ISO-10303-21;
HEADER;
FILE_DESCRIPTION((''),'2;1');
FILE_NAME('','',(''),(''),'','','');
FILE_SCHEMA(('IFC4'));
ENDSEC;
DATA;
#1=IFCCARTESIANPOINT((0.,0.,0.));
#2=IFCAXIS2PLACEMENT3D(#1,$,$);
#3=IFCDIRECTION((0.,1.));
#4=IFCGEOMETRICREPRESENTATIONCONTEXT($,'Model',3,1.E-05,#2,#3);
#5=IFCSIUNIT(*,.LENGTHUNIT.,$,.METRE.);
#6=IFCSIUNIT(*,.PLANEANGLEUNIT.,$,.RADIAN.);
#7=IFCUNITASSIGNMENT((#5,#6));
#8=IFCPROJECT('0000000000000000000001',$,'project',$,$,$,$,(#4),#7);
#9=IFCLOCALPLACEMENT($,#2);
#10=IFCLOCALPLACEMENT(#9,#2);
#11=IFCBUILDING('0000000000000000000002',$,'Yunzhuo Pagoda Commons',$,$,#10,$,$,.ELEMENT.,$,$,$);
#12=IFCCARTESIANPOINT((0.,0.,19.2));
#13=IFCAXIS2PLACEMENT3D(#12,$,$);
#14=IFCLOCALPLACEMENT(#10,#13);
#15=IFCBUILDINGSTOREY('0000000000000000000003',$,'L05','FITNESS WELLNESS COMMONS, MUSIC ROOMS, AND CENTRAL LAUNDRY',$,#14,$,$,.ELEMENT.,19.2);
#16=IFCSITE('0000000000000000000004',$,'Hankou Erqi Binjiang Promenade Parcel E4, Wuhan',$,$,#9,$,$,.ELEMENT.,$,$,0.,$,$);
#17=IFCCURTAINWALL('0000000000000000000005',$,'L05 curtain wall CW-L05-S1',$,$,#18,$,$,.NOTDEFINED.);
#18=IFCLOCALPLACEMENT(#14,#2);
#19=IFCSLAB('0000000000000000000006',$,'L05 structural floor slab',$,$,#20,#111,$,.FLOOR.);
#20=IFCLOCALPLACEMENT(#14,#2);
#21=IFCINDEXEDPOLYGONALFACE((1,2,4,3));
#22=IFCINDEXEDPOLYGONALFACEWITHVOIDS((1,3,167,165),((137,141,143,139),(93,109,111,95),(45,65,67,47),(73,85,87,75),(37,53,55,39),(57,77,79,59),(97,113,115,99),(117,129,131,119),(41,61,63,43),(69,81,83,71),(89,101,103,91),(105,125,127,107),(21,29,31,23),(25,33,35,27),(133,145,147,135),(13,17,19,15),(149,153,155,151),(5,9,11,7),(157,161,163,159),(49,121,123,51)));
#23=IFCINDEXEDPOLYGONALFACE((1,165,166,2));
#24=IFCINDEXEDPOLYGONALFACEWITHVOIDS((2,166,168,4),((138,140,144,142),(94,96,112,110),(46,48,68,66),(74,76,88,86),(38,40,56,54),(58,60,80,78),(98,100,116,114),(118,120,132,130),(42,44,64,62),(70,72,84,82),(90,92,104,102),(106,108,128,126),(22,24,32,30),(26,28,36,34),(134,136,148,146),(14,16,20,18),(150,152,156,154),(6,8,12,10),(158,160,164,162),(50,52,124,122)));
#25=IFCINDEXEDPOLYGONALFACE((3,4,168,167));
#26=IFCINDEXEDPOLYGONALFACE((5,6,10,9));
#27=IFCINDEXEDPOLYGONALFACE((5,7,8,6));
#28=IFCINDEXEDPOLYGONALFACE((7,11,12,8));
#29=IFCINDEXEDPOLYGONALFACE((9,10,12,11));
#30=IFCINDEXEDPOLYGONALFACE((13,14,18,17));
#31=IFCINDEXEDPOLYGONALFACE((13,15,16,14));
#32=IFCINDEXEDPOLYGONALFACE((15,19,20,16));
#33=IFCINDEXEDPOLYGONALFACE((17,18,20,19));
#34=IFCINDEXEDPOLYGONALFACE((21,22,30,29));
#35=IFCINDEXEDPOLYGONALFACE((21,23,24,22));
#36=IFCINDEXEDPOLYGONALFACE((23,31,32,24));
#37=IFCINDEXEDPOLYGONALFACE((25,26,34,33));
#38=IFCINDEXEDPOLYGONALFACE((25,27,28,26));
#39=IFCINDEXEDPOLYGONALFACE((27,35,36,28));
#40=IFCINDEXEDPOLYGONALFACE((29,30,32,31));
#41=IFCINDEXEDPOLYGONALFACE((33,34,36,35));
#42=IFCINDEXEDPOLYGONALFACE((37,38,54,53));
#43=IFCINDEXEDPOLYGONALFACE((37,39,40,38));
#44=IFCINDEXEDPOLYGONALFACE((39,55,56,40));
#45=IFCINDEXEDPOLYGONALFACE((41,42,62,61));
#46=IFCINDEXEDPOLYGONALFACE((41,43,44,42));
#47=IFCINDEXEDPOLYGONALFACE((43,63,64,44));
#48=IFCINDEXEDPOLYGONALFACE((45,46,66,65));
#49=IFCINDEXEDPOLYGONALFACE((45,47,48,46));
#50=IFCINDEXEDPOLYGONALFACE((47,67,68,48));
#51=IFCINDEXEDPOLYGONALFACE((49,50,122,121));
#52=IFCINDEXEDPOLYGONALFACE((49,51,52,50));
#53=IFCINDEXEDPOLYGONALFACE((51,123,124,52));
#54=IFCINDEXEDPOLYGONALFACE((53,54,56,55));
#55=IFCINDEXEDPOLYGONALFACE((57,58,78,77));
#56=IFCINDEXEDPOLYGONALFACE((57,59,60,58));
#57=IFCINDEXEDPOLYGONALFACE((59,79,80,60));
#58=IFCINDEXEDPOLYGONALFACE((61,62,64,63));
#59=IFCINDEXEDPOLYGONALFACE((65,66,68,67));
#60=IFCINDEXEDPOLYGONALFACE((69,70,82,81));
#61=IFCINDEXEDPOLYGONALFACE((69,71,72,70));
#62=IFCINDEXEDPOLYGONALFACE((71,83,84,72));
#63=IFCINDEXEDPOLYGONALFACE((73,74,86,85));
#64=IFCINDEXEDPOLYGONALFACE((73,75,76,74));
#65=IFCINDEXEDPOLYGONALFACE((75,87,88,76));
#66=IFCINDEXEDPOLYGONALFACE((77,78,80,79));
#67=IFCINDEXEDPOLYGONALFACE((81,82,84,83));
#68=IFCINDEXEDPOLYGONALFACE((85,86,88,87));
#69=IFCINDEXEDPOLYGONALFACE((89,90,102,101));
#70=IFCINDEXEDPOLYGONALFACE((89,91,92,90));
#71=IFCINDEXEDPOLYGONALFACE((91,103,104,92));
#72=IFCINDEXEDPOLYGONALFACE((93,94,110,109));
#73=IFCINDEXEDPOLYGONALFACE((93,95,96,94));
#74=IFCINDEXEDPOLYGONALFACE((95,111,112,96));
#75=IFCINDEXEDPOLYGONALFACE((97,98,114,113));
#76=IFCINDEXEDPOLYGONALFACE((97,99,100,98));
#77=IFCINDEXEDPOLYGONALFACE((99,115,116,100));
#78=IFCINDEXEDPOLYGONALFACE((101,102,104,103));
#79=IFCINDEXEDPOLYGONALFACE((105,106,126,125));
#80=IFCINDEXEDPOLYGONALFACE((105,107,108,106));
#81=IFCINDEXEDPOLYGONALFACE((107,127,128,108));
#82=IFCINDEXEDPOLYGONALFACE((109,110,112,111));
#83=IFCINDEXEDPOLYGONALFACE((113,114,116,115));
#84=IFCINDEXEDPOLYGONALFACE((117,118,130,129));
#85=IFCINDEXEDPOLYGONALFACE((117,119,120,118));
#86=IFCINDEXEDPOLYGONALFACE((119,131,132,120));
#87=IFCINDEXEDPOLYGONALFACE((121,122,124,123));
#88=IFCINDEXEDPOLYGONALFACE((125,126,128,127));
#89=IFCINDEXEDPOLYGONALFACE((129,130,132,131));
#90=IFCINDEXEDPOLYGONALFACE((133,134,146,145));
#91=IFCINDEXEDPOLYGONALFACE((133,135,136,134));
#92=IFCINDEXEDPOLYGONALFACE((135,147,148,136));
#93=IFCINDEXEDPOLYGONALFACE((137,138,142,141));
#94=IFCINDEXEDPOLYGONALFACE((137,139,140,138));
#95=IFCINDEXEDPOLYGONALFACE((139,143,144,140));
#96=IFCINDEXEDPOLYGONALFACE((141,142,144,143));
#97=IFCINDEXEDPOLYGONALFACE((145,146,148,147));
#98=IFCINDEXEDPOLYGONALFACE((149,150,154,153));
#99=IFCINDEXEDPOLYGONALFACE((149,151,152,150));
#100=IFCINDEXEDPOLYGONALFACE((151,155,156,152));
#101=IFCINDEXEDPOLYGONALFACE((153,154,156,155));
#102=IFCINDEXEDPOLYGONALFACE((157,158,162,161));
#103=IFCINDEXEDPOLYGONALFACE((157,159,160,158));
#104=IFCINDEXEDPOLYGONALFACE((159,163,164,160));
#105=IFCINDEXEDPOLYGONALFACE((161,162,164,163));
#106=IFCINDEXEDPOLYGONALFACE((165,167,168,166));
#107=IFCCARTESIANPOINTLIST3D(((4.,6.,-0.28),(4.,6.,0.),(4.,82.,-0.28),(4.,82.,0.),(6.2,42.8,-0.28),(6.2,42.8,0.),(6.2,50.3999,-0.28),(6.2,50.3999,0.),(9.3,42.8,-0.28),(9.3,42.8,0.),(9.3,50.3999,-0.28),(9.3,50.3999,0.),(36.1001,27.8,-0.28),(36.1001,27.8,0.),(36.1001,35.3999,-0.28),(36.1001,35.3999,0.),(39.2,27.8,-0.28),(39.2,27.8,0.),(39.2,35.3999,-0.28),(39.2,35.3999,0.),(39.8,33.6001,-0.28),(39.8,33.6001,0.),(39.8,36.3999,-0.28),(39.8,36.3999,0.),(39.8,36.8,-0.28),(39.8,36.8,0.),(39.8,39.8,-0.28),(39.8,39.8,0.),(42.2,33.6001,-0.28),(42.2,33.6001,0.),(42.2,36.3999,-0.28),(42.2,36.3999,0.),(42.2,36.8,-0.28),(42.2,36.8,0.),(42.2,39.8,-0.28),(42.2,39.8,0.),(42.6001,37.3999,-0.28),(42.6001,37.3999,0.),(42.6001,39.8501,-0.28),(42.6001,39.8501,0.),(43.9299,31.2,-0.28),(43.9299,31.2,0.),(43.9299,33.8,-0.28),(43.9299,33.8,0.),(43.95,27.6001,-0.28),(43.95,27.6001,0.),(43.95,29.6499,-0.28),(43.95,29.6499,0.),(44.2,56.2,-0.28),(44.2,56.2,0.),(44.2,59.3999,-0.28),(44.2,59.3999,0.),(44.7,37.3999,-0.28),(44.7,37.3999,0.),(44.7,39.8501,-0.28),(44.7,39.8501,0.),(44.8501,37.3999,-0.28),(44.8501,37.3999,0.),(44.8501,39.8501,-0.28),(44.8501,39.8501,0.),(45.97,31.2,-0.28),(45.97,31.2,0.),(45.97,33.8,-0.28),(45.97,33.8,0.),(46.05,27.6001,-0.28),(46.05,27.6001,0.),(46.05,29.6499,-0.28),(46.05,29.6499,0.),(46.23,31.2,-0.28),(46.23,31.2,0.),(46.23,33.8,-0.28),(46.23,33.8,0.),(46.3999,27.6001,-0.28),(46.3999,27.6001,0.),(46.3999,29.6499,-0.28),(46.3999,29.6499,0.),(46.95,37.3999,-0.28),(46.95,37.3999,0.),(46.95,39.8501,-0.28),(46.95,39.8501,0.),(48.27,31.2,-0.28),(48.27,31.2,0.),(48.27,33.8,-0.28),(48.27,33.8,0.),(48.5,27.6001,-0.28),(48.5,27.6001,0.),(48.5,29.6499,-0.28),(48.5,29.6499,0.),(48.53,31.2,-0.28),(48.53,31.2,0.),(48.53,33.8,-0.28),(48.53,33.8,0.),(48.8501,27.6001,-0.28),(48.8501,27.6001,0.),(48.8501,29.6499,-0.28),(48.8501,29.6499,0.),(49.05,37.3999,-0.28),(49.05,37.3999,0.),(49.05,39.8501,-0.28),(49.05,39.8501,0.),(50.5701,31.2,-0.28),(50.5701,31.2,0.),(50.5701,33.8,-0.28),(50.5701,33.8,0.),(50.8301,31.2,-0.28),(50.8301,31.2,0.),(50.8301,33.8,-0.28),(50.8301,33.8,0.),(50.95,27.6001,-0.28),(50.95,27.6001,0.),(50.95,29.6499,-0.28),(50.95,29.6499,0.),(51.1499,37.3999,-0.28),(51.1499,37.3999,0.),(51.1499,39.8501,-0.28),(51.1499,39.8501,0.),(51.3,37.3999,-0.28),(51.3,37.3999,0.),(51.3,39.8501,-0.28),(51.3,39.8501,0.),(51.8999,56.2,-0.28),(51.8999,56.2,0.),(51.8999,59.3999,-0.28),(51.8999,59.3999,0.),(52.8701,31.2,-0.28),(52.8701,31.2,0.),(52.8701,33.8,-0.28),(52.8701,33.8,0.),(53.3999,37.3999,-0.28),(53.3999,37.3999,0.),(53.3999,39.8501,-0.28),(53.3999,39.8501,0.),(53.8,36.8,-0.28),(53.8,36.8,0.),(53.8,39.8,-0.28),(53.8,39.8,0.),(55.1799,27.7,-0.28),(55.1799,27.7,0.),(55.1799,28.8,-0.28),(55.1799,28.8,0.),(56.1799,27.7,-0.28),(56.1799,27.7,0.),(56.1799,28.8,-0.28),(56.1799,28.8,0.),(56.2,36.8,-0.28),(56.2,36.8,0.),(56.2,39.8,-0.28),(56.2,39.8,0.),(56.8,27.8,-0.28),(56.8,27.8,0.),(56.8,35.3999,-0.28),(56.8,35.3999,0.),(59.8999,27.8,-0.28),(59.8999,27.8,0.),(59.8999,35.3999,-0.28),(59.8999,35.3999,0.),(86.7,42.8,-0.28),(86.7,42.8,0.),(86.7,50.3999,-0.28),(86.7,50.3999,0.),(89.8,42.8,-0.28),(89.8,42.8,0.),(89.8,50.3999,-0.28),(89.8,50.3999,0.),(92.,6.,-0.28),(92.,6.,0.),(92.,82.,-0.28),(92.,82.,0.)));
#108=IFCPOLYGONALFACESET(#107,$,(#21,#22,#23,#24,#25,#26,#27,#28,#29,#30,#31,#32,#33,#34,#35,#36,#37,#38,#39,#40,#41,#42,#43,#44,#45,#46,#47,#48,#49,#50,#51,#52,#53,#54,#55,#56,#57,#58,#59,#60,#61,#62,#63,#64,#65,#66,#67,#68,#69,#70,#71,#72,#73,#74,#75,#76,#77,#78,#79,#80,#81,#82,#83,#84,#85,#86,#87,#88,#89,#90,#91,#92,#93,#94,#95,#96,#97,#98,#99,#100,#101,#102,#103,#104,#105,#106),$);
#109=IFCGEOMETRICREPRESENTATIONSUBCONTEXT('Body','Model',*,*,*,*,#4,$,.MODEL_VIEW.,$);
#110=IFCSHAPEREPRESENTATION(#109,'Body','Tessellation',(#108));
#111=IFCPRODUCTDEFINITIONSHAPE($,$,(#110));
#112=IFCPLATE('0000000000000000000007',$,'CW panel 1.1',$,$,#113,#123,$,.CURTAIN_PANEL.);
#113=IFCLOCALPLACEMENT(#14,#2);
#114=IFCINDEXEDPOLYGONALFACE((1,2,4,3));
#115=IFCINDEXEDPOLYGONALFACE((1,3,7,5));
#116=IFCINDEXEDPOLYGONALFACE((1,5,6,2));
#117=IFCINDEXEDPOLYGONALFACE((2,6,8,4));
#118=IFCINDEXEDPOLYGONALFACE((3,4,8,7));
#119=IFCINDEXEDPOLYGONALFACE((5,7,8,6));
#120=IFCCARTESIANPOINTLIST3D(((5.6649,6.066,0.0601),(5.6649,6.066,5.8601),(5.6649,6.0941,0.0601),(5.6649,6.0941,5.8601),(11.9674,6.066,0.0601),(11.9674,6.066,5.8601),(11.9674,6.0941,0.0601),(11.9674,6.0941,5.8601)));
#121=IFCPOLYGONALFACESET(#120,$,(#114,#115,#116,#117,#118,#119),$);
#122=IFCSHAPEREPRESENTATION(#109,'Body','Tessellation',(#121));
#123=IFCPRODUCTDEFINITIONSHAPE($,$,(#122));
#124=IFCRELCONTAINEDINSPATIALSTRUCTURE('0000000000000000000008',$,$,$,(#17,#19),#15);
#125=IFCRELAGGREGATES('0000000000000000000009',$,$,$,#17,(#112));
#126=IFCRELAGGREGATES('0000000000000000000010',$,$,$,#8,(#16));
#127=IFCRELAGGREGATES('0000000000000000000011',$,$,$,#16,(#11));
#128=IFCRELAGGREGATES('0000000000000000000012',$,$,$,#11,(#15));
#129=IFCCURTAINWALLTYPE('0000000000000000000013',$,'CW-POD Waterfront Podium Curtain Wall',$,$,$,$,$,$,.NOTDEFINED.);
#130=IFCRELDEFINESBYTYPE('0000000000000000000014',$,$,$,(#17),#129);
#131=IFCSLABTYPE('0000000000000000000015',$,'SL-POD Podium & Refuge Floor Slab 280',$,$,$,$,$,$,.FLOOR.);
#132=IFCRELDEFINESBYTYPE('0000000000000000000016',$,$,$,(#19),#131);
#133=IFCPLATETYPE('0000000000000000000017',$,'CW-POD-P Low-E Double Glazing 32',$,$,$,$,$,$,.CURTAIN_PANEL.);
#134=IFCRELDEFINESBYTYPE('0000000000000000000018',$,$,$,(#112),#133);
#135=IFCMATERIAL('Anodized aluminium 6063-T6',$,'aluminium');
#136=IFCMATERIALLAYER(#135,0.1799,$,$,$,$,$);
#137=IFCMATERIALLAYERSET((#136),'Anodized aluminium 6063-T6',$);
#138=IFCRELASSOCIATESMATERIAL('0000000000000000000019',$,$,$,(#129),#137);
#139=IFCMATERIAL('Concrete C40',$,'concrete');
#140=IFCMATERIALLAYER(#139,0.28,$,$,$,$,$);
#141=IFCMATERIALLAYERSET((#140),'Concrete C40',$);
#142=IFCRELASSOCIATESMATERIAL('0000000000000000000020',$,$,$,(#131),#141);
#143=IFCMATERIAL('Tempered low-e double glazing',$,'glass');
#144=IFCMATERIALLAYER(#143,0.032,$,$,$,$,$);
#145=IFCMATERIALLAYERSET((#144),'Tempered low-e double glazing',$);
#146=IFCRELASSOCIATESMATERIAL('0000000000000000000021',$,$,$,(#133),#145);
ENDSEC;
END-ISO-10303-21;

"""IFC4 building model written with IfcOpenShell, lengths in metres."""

from ifc_helpers import new_model, si_unit, direction, frame, origin, origin_2d, place, context, subcontext, project, spatial, polyline, rectangle, outline, extrude, source, transform, mapped, material, layer, layer_set, type_object, element, aggregate, save


model = new_model("IFC4")

# Units and contexts
model_context = context("Model", 3, precision=1e-05, world=origin(), true_north=direction((0.0, 1.0)))
body_context = subcontext(model_context, "Body", "Model", "MODEL_VIEW")
ifc_project = project(units=[si_unit("LENGTHUNIT", "METRE"), si_unit("PLANEANGLEUNIT", "RADIAN")], contexts=[model_context])

# Site, building, storey
site_placement = place(None, origin())
site = spatial("IfcSite", under=ifc_project, at=site_placement, Name="Hankou Erqi Binjiang Promenade Parcel E4, Wuhan", CompositionType="ELEMENT", RefElevation=0.0)
building_placement = place(site_placement, origin())
building = spatial("IfcBuilding", under=site, at=building_placement, Name="Yunzhuo Pagoda Commons", CompositionType="ELEMENT")
storey_placement = place(building_placement, frame((0.0, 0.0, 19.2)))
storey = spatial("IfcBuildingStorey", under=building, at=storey_placement, Name="L05", Description="FITNESS WELLNESS COMMONS, MUSIC ROOMS, AND CENTRAL LAUNDRY", CompositionType="ELEMENT", Elevation=19.2)

# Curtain wall
ifc_material_1 = material(Name="Anodized aluminium 6063-T6", Category="aluminium")
ifc_layer_1 = layer(ifc_material_1, 0.1799)
ifc_layer_set_1 = layer_set([ifc_layer_1], Name="Anodized aluminium 6063-T6")
curtain_wall_type = type_object("IfcCurtainWallType", Name="CW-POD Waterfront Podium Curtain Wall", PredefinedType="NOTDEFINED", material=ifc_layer_set_1)
curtain_wall_placement = place(storey_placement, origin())
curtain_wall = element("IfcCurtainWall", 1, at=curtain_wall_placement, inside=storey, type_object=curtain_wall_type, Name="L05 curtain wall CW-L05-S1", PredefinedType="NOTDEFINED")

# Shared definitions
ifc_material_2 = material(Name="Concrete C40", Category="concrete")

# Slab
ifc_layer_2 = layer(ifc_material_2, 0.28)
ifc_layer_set_2 = layer_set([ifc_layer_2], Name="Concrete C40")
slab_type_1 = type_object("IfcSlabType", Name="SL-POD Podium & Refuge Floor Slab 280", PredefinedType="FLOOR", material=ifc_layer_set_2)
slab_1_placement = place(storey_placement, frame((0.0, 0.0, -0.28)))
element("IfcSlab", 2, at=slab_1_placement, inside=storey, type_object=slab_type_1, Name="L05 structural floor slab", PredefinedType="FLOOR", context=body_context, shape_type="SweptSolid", body=[
    extrude(outline(polyline([(4.0, 82.0), (92.0, 82.0), (92.0, 6.0), (4.0, 6.0), (4.0, 82.0)]), holes=[polyline([(46.05, 27.6001), (46.05, 29.6499), (43.95, 29.6499), (43.95, 27.6001), (46.05, 27.6001)]), polyline([(48.5, 27.6001), (48.5, 29.6499), (46.3999, 29.6499), (46.3999, 27.6001), (48.5, 27.6001)]), polyline([(36.1001, 27.8), (39.2, 27.8), (39.2, 35.3999), (36.1001, 35.3999), (36.1001, 27.8)]), polyline([(43.9299, 31.2), (45.97, 31.2), (45.97, 33.8), (43.9299, 33.8), (43.9299, 31.2)]), polyline([(46.23, 31.2), (48.27, 31.2), (48.27, 33.8), (46.23, 33.8), (46.23, 31.2)]), polyline([(42.2, 33.6001), (42.2, 36.3999), (39.8, 36.3999), (39.8, 33.6001), (42.2, 33.6001)]), polyline([(42.2, 36.8), (42.2, 39.8), (39.8, 39.8), (39.8, 36.8), (42.2, 36.8)]), polyline([(44.7, 37.3999), (44.7, 39.8501), (42.6001, 39.8501), (42.6001, 37.3999), (44.7, 37.3999)]), polyline([(44.8501, 37.3999), (46.95, 37.3999), (46.95, 39.8501), (44.8501, 39.8501), (44.8501, 37.3999)]), polyline([(9.3, 42.8), (9.3, 50.3999), (6.2, 50.3999), (6.2, 42.8), (9.3, 42.8)]), polyline([(56.1799, 27.7), (56.1799, 28.8), (55.1799, 28.8), (55.1799, 27.7), (56.1799, 27.7)]), polyline([(50.95, 27.6001), (50.95, 29.6499), (48.8501, 29.6499), (48.8501, 27.6001), (50.95, 27.6001)]), polyline([(56.8, 27.8), (59.8999, 27.8), (59.8999, 35.3999), (56.8, 35.3999), (56.8, 27.8)]), polyline([(48.53, 31.2), (50.5701, 31.2), (50.5701, 33.8), (48.53, 33.8), (48.53, 31.2)]), polyline([(50.8301, 31.2), (52.8701, 31.2), (52.8701, 33.8), (50.8301, 33.8), (50.8301, 31.2)]), polyline([(56.2, 36.8), (56.2, 39.8), (53.8, 39.8), (53.8, 36.8), (56.2, 36.8)]), polyline([(51.1499, 37.3999), (51.1499, 39.8501), (49.05, 39.8501), (49.05, 37.3999), (51.1499, 37.3999)]), polyline([(53.3999, 37.3999), (53.3999, 39.8501), (51.3, 39.8501), (51.3, 37.3999), (53.3999, 37.3999)]), polyline([(89.8, 42.8), (89.8, 50.3999), (86.7, 50.3999), (86.7, 42.8), (89.8, 42.8)]), polyline([(44.2, 56.2), (51.8999, 56.2), (51.8999, 59.3999), (44.2, 59.3999), (44.2, 56.2)])]), origin(), (0.0, 0.0, 1.0), 0.28),
])

# Plate
ifc_material_3 = material(Name="Tempered low-e double glazing", Category="glass")
ifc_layer_3 = layer(ifc_material_3, 0.032)
ifc_layer_set_3 = layer_set([ifc_layer_3], Name="Tempered low-e double glazing")
plate_type = type_object("IfcPlateType", Name="CW-POD-P Low-E Double Glazing 32", PredefinedType="CURTAIN_PANEL", material=ifc_layer_set_3)
shared_shape_1 = source(origin(), body_context, "Body", "SweptSolid", [
    extrude(rectangle(XDim=6.3025, YDim=0.0281, at=origin_2d()), origin(), (0.0, 0.0, 1.0), 5.8),
])
plate_placement = place(storey_placement, frame((8.8162, 6.0801, 0.0601), z_axis=(0.0, 0.0, 1.0), x_axis=(1.0, 0.0, 0.0)))
plate = element("IfcPlate", 3, at=plate_placement, type_object=plate_type, Name="CW panel 1.1", PredefinedType="CURTAIN_PANEL", context=body_context, shape_type="MappedRepresentation", body=[
    mapped(shared_shape_1, transform((0.0, 0.0, 0.0), scale=1.0)),
])
aggregate(curtain_wall, [plate])

save(model, "model.ifc")
